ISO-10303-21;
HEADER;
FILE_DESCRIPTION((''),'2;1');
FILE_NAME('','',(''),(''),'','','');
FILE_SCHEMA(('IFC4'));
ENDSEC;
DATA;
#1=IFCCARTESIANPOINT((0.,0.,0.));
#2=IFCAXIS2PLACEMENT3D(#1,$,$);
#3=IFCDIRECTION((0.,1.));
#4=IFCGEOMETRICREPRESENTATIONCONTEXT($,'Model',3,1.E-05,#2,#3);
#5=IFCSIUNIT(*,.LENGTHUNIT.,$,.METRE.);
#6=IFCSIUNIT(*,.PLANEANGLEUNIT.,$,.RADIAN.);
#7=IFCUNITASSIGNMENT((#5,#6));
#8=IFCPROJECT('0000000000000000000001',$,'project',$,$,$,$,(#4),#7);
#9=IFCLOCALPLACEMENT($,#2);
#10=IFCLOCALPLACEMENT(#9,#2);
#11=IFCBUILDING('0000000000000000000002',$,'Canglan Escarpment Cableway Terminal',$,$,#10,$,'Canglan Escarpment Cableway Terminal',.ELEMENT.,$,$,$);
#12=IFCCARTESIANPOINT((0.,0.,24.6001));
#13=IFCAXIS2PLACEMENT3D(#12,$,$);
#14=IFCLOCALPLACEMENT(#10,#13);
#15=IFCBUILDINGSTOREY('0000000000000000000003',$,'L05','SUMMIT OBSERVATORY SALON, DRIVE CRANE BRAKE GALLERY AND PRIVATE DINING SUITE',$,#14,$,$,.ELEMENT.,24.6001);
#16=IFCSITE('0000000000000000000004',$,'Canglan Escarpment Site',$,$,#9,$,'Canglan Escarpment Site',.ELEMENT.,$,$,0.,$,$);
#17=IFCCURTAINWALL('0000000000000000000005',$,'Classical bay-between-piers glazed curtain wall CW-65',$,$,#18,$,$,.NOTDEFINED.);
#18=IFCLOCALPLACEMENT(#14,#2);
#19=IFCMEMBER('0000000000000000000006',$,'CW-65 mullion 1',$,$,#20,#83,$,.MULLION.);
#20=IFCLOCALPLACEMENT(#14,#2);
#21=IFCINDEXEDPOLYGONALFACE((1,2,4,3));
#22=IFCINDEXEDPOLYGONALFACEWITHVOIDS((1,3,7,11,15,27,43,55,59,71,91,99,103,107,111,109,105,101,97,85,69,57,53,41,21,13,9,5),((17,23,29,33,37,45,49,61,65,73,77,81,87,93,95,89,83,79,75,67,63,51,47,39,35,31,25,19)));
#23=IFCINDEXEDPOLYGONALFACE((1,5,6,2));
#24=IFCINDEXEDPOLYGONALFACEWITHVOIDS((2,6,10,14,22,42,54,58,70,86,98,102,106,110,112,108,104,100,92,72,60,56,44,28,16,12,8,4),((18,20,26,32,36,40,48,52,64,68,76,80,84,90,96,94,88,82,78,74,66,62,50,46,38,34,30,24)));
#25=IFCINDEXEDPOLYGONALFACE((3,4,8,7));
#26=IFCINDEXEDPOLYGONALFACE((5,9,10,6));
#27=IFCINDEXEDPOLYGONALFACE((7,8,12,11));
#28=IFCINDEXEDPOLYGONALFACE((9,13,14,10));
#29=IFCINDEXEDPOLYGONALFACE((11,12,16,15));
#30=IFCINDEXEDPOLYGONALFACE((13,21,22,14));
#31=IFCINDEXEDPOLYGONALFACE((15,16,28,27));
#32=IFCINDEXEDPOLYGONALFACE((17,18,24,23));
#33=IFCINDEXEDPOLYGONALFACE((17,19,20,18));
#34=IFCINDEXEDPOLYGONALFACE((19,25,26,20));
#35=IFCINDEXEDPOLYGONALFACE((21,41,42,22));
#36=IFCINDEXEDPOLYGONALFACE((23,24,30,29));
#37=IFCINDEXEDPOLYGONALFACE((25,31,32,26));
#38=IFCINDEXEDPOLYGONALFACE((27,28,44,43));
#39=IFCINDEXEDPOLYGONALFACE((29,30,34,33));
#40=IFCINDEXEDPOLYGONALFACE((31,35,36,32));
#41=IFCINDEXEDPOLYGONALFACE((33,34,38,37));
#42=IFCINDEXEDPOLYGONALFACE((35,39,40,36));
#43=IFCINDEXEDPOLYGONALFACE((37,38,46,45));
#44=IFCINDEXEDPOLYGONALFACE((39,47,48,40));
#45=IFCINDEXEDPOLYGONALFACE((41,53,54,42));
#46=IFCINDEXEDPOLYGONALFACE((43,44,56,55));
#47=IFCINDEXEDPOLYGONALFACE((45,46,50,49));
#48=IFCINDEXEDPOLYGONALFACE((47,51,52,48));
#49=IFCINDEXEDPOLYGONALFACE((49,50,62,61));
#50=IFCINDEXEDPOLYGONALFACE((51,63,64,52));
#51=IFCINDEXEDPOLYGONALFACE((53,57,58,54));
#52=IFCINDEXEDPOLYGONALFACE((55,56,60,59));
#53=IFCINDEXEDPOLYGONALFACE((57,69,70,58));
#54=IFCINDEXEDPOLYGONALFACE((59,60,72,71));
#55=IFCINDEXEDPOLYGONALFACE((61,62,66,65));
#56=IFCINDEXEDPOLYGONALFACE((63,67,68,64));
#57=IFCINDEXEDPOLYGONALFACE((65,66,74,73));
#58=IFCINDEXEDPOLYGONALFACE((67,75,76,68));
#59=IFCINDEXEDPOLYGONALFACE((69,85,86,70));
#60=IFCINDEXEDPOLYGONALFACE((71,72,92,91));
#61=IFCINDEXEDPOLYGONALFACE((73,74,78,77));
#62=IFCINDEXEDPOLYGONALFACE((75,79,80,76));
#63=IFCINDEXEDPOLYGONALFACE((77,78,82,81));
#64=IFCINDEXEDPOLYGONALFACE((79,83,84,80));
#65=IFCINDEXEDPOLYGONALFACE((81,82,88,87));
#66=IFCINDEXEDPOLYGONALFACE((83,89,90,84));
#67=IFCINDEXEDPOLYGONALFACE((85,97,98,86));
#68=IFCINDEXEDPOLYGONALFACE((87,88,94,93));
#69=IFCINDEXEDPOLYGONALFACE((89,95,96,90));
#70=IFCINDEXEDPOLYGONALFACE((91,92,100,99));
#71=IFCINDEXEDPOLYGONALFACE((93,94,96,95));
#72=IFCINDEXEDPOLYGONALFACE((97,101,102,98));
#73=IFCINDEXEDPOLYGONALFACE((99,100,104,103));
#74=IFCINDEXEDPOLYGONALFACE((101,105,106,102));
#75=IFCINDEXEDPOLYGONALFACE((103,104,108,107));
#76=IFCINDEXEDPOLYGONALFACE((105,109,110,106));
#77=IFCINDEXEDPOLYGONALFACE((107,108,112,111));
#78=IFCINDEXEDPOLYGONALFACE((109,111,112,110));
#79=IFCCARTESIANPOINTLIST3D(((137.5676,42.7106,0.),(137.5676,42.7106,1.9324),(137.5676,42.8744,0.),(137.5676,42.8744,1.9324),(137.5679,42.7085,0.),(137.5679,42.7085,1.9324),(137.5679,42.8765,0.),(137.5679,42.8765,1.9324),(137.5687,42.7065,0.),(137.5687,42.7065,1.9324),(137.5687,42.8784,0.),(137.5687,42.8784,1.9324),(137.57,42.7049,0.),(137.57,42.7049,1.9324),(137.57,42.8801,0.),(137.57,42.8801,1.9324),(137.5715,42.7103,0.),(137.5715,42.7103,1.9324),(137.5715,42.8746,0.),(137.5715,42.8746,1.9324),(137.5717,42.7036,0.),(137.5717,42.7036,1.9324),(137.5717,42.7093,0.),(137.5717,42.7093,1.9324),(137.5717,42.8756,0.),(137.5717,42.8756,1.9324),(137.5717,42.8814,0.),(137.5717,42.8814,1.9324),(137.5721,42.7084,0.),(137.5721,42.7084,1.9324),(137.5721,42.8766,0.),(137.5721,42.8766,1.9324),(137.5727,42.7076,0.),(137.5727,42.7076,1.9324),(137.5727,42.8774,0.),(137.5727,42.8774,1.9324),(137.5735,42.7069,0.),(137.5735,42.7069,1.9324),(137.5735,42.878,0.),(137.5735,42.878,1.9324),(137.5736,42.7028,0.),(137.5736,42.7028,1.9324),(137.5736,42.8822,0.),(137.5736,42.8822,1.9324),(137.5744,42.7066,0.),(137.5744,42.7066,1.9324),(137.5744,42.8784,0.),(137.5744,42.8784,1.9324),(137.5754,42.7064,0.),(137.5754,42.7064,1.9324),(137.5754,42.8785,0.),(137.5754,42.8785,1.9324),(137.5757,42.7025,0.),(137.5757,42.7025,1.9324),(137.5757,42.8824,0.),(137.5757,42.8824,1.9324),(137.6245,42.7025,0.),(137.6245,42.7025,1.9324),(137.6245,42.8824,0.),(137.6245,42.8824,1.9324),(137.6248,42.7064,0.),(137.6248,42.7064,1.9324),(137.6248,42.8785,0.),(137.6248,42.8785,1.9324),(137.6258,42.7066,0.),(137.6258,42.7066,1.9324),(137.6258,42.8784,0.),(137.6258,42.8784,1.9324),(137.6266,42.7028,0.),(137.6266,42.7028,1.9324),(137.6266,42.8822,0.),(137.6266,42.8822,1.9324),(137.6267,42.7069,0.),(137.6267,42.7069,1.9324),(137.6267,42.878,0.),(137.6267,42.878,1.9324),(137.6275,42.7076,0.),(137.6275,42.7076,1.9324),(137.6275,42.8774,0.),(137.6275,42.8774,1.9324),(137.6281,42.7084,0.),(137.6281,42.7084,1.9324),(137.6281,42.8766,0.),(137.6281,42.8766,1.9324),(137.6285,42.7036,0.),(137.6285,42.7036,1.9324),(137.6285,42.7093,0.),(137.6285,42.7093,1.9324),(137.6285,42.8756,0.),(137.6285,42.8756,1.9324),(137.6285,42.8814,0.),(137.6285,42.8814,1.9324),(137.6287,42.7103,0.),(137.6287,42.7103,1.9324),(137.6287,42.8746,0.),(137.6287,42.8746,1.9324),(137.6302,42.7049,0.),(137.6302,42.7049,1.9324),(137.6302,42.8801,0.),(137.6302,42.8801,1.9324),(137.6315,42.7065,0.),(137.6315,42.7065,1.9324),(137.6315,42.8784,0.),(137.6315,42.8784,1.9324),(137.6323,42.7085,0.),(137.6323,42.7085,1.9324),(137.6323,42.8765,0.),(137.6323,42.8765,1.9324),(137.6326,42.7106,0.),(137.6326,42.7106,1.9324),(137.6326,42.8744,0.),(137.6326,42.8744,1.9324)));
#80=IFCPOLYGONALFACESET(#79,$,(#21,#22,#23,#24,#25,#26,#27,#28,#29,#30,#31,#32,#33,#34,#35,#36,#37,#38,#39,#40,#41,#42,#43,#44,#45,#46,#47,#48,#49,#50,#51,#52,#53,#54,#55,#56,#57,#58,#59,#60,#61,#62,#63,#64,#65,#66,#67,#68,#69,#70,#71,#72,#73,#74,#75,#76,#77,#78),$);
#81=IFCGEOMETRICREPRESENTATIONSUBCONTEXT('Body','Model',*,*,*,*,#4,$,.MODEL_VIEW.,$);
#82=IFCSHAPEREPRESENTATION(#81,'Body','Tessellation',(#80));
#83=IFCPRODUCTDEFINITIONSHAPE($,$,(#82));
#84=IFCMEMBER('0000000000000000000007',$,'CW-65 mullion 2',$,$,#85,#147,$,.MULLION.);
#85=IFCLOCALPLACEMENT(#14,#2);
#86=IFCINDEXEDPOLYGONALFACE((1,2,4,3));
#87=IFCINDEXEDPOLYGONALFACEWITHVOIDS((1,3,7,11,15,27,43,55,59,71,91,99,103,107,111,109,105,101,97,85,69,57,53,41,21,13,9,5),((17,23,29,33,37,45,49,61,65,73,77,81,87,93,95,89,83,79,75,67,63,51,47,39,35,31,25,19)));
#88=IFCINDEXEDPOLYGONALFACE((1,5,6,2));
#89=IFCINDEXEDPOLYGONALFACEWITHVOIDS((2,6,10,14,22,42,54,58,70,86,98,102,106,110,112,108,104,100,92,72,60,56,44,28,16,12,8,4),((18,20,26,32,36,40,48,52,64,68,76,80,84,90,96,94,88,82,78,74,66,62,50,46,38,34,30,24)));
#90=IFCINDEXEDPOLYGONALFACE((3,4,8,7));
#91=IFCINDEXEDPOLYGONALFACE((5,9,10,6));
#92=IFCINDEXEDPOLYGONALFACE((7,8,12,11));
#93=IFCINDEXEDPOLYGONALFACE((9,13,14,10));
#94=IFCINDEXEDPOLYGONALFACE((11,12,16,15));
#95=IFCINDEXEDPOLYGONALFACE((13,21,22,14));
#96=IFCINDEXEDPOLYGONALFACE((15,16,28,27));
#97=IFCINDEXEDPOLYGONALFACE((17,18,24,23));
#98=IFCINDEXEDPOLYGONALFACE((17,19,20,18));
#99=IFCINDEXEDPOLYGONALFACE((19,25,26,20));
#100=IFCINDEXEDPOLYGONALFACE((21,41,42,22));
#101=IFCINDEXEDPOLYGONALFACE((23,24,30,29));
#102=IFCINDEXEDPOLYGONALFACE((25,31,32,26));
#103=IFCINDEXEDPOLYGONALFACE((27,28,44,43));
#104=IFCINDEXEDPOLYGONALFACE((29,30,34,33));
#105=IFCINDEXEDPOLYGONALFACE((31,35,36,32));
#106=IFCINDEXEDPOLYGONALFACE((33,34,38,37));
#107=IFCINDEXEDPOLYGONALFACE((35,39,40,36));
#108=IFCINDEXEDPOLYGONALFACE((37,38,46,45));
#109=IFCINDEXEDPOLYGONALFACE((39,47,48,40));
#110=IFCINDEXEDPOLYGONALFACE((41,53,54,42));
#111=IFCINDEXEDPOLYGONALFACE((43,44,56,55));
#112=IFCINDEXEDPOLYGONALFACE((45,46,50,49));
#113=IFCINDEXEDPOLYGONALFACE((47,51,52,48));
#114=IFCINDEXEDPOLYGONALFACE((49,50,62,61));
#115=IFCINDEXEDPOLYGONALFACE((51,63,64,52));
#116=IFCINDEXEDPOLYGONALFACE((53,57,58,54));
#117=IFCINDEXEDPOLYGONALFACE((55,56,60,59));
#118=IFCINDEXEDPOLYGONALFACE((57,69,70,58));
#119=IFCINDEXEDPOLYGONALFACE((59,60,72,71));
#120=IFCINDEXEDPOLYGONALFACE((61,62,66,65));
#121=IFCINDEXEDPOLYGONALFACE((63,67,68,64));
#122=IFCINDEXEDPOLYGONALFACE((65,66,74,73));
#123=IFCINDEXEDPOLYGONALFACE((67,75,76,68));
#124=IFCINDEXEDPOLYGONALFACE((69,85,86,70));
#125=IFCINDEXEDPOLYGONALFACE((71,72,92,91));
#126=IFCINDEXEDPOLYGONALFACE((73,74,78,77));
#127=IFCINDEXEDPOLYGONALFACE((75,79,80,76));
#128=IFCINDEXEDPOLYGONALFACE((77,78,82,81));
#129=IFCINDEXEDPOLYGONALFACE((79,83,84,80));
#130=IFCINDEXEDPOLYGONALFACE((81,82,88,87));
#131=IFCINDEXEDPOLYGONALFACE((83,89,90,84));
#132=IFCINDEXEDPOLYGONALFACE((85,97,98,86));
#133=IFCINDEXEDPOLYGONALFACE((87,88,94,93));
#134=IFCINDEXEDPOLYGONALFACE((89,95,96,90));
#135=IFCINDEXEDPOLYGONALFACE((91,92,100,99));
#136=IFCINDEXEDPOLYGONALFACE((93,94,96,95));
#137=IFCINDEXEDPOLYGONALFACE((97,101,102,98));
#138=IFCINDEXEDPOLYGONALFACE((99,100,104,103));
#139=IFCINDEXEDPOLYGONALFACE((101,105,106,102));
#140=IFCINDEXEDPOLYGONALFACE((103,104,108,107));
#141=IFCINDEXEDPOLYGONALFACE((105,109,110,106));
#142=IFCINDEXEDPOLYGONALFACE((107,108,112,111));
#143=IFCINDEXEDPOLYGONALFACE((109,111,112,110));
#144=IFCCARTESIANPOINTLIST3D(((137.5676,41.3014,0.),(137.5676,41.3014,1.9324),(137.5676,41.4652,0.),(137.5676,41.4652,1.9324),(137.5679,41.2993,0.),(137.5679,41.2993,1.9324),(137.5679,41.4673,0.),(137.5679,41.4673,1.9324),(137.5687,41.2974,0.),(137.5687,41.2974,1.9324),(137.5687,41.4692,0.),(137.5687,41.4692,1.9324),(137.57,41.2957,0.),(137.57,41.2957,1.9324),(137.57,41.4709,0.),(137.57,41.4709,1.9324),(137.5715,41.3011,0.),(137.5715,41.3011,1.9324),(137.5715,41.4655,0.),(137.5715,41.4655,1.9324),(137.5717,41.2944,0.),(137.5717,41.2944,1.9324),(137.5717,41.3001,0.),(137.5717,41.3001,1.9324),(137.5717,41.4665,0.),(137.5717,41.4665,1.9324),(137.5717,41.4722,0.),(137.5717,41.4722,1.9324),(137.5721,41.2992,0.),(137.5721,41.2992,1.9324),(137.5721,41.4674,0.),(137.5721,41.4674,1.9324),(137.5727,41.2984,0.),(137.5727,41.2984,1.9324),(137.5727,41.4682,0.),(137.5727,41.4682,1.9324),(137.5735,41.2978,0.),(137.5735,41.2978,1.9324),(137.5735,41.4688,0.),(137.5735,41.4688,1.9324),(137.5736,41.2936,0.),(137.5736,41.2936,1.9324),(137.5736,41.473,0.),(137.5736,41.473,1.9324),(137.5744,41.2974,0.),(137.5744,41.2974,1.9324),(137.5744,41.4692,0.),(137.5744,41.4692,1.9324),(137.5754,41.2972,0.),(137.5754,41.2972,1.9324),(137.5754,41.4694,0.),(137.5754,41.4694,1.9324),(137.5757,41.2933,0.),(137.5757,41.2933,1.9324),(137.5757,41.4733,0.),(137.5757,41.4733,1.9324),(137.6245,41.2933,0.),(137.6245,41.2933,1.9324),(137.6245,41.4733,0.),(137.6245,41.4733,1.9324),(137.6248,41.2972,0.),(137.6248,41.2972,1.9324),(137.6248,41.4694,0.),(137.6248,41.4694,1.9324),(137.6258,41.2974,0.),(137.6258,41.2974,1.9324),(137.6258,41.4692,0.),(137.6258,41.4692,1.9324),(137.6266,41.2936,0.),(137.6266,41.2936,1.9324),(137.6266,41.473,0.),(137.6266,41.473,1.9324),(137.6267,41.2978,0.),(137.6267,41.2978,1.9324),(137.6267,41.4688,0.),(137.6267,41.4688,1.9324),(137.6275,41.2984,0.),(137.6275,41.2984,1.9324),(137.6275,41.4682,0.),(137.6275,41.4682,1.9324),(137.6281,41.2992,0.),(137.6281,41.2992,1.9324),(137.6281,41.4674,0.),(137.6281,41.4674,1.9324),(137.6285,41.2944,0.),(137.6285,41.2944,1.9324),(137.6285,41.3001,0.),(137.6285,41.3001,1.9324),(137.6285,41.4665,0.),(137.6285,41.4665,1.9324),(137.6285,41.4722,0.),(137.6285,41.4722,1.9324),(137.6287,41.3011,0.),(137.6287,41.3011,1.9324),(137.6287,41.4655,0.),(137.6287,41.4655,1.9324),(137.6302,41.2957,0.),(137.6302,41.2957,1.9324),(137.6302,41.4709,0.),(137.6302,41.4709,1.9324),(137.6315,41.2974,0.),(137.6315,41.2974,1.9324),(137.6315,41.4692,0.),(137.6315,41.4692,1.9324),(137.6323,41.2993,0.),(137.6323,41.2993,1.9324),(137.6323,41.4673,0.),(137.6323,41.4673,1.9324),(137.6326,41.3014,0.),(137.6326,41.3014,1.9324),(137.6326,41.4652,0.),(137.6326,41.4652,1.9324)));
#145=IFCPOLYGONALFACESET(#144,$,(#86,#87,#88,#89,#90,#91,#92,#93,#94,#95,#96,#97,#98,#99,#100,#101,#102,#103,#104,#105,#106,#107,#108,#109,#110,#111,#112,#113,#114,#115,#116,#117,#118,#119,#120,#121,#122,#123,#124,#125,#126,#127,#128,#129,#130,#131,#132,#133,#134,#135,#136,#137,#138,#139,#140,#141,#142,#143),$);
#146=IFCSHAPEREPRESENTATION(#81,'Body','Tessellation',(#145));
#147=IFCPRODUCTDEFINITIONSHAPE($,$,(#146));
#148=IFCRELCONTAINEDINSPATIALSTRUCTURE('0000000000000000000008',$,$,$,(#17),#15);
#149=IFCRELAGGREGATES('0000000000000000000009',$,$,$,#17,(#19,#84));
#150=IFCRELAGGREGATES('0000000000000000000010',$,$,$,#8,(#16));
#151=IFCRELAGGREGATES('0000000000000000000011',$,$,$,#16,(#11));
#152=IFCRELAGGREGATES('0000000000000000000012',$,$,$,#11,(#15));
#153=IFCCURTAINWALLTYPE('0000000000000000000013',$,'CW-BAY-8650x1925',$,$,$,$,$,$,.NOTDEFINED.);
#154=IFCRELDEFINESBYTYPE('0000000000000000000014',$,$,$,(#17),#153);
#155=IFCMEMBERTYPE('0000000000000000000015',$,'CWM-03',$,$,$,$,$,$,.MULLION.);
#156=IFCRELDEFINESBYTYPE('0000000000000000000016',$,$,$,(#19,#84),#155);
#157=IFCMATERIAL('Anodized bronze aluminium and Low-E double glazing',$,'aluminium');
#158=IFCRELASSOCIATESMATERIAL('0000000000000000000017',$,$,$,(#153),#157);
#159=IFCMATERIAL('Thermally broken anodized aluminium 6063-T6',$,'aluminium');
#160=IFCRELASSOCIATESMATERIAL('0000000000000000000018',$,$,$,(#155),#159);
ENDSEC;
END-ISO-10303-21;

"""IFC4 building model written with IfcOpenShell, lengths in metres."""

from ifc_helpers import new_model, si_unit, direction, frame, origin, origin_2d, place, context, subcontext, project, spatial, hollow_rectangle, extrude, material, material_profile, profile_set, type_object, element, aggregate, save


model = new_model("IFC4")

# Units and contexts
model_context = context("Model", 3, precision=1e-05, world=origin(), true_north=direction((0.0, 1.0)))
body_context = subcontext(model_context, "Body", "Model", "MODEL_VIEW")
ifc_project = project(units=[si_unit("LENGTHUNIT", "METRE"), si_unit("PLANEANGLEUNIT", "RADIAN")], contexts=[model_context])

# Site, building, storey
site_placement = place(None, origin())
site = spatial("IfcSite", under=ifc_project, at=site_placement, Name="Canglan Escarpment Site", LongName="Canglan Escarpment Site", CompositionType="ELEMENT", RefElevation=0.0)
building_placement = place(site_placement, origin())
building = spatial("IfcBuilding", under=site, at=building_placement, Name="Canglan Escarpment Cableway Terminal", LongName="Canglan Escarpment Cableway Terminal", CompositionType="ELEMENT")
storey_placement = place(building_placement, frame((0.0, 0.0, 24.6001)))
storey = spatial("IfcBuildingStorey", under=building, at=storey_placement, Name="L05", Description="SUMMIT OBSERVATORY SALON, DRIVE CRANE BRAKE GALLERY AND PRIVATE DINING SUITE", CompositionType="ELEMENT", Elevation=24.6001)

# Curtain wall, members
ifc_material_1 = material(Name="Anodized bronze aluminium and Low-E double glazing", Category="aluminium")
curtain_wall_type = type_object("IfcCurtainWallType", Name="CW-BAY-8650x1925", PredefinedType="NOTDEFINED", material=ifc_material_1)
ifc_material_2 = material(Name="Thermally broken anodized aluminium 6063-T6", Category="aluminium")
curtain_wall_1_placement = place(storey_placement, origin())
curtain_wall_1 = element("IfcCurtainWall", 1, at=curtain_wall_1_placement, inside=storey, type_object=curtain_wall_type, Name="Classical bay-between-piers glazed curtain wall CW-65", PredefinedType="NOTDEFINED")
ifc_material_profile_1 = material_profile(ifc_material_2, hollow_rectangle(XDim=0.0649, YDim=0.1799, WallThickness=0.0039, InnerFilletRadius=0.0039, OuterFilletRadius=0.0081, at=origin_2d()), Name="ALU-MULL 65x180x4")
ifc_profile_set_1 = profile_set([ifc_material_profile_1], Name="Thermally broken anodized aluminium 6063-T6")
member_type_1 = type_object("IfcMemberType", Name="CWM-03", PredefinedType="MULLION", material=ifc_profile_set_1)
member_1_placement = place(storey_placement, frame((137.6001, 42.7925, 0.0), z_axis=(0.0, 0.0, 1.0), x_axis=(1.0, 0.0, 0.0)))
member_1 = element("IfcMember", 2, at=member_1_placement, type_object=member_type_1, Name="CW-65 mullion 1", PredefinedType="MULLION", context=body_context, shape_type="SweptSolid", body=[
    extrude(hollow_rectangle(XDim=0.0649, YDim=0.1799, WallThickness=0.0039, InnerFilletRadius=0.0039, OuterFilletRadius=0.0081, at=origin_2d()), origin(), (0.0, 0.0, 1.0), 1.9324),
])
member_2_placement = place(storey_placement, frame((137.6001, 41.3833, 0.0), z_axis=(0.0, 0.0, 1.0), x_axis=(1.0, 0.0, 0.0)))
member_2 = element("IfcMember", 3, at=member_2_placement, type_object=member_type_1, Name="CW-65 mullion 2", PredefinedType="MULLION", context=body_context, shape_type="SweptSolid", body=[
    extrude(hollow_rectangle(XDim=0.0649, YDim=0.1799, WallThickness=0.0039, InnerFilletRadius=0.0039, OuterFilletRadius=0.0081, at=origin_2d()), origin(), (0.0, 0.0, 1.0), 1.9324),
])

aggregate(curtain_wall_1, [member_1, member_2])

save(model, "model.ifc")
